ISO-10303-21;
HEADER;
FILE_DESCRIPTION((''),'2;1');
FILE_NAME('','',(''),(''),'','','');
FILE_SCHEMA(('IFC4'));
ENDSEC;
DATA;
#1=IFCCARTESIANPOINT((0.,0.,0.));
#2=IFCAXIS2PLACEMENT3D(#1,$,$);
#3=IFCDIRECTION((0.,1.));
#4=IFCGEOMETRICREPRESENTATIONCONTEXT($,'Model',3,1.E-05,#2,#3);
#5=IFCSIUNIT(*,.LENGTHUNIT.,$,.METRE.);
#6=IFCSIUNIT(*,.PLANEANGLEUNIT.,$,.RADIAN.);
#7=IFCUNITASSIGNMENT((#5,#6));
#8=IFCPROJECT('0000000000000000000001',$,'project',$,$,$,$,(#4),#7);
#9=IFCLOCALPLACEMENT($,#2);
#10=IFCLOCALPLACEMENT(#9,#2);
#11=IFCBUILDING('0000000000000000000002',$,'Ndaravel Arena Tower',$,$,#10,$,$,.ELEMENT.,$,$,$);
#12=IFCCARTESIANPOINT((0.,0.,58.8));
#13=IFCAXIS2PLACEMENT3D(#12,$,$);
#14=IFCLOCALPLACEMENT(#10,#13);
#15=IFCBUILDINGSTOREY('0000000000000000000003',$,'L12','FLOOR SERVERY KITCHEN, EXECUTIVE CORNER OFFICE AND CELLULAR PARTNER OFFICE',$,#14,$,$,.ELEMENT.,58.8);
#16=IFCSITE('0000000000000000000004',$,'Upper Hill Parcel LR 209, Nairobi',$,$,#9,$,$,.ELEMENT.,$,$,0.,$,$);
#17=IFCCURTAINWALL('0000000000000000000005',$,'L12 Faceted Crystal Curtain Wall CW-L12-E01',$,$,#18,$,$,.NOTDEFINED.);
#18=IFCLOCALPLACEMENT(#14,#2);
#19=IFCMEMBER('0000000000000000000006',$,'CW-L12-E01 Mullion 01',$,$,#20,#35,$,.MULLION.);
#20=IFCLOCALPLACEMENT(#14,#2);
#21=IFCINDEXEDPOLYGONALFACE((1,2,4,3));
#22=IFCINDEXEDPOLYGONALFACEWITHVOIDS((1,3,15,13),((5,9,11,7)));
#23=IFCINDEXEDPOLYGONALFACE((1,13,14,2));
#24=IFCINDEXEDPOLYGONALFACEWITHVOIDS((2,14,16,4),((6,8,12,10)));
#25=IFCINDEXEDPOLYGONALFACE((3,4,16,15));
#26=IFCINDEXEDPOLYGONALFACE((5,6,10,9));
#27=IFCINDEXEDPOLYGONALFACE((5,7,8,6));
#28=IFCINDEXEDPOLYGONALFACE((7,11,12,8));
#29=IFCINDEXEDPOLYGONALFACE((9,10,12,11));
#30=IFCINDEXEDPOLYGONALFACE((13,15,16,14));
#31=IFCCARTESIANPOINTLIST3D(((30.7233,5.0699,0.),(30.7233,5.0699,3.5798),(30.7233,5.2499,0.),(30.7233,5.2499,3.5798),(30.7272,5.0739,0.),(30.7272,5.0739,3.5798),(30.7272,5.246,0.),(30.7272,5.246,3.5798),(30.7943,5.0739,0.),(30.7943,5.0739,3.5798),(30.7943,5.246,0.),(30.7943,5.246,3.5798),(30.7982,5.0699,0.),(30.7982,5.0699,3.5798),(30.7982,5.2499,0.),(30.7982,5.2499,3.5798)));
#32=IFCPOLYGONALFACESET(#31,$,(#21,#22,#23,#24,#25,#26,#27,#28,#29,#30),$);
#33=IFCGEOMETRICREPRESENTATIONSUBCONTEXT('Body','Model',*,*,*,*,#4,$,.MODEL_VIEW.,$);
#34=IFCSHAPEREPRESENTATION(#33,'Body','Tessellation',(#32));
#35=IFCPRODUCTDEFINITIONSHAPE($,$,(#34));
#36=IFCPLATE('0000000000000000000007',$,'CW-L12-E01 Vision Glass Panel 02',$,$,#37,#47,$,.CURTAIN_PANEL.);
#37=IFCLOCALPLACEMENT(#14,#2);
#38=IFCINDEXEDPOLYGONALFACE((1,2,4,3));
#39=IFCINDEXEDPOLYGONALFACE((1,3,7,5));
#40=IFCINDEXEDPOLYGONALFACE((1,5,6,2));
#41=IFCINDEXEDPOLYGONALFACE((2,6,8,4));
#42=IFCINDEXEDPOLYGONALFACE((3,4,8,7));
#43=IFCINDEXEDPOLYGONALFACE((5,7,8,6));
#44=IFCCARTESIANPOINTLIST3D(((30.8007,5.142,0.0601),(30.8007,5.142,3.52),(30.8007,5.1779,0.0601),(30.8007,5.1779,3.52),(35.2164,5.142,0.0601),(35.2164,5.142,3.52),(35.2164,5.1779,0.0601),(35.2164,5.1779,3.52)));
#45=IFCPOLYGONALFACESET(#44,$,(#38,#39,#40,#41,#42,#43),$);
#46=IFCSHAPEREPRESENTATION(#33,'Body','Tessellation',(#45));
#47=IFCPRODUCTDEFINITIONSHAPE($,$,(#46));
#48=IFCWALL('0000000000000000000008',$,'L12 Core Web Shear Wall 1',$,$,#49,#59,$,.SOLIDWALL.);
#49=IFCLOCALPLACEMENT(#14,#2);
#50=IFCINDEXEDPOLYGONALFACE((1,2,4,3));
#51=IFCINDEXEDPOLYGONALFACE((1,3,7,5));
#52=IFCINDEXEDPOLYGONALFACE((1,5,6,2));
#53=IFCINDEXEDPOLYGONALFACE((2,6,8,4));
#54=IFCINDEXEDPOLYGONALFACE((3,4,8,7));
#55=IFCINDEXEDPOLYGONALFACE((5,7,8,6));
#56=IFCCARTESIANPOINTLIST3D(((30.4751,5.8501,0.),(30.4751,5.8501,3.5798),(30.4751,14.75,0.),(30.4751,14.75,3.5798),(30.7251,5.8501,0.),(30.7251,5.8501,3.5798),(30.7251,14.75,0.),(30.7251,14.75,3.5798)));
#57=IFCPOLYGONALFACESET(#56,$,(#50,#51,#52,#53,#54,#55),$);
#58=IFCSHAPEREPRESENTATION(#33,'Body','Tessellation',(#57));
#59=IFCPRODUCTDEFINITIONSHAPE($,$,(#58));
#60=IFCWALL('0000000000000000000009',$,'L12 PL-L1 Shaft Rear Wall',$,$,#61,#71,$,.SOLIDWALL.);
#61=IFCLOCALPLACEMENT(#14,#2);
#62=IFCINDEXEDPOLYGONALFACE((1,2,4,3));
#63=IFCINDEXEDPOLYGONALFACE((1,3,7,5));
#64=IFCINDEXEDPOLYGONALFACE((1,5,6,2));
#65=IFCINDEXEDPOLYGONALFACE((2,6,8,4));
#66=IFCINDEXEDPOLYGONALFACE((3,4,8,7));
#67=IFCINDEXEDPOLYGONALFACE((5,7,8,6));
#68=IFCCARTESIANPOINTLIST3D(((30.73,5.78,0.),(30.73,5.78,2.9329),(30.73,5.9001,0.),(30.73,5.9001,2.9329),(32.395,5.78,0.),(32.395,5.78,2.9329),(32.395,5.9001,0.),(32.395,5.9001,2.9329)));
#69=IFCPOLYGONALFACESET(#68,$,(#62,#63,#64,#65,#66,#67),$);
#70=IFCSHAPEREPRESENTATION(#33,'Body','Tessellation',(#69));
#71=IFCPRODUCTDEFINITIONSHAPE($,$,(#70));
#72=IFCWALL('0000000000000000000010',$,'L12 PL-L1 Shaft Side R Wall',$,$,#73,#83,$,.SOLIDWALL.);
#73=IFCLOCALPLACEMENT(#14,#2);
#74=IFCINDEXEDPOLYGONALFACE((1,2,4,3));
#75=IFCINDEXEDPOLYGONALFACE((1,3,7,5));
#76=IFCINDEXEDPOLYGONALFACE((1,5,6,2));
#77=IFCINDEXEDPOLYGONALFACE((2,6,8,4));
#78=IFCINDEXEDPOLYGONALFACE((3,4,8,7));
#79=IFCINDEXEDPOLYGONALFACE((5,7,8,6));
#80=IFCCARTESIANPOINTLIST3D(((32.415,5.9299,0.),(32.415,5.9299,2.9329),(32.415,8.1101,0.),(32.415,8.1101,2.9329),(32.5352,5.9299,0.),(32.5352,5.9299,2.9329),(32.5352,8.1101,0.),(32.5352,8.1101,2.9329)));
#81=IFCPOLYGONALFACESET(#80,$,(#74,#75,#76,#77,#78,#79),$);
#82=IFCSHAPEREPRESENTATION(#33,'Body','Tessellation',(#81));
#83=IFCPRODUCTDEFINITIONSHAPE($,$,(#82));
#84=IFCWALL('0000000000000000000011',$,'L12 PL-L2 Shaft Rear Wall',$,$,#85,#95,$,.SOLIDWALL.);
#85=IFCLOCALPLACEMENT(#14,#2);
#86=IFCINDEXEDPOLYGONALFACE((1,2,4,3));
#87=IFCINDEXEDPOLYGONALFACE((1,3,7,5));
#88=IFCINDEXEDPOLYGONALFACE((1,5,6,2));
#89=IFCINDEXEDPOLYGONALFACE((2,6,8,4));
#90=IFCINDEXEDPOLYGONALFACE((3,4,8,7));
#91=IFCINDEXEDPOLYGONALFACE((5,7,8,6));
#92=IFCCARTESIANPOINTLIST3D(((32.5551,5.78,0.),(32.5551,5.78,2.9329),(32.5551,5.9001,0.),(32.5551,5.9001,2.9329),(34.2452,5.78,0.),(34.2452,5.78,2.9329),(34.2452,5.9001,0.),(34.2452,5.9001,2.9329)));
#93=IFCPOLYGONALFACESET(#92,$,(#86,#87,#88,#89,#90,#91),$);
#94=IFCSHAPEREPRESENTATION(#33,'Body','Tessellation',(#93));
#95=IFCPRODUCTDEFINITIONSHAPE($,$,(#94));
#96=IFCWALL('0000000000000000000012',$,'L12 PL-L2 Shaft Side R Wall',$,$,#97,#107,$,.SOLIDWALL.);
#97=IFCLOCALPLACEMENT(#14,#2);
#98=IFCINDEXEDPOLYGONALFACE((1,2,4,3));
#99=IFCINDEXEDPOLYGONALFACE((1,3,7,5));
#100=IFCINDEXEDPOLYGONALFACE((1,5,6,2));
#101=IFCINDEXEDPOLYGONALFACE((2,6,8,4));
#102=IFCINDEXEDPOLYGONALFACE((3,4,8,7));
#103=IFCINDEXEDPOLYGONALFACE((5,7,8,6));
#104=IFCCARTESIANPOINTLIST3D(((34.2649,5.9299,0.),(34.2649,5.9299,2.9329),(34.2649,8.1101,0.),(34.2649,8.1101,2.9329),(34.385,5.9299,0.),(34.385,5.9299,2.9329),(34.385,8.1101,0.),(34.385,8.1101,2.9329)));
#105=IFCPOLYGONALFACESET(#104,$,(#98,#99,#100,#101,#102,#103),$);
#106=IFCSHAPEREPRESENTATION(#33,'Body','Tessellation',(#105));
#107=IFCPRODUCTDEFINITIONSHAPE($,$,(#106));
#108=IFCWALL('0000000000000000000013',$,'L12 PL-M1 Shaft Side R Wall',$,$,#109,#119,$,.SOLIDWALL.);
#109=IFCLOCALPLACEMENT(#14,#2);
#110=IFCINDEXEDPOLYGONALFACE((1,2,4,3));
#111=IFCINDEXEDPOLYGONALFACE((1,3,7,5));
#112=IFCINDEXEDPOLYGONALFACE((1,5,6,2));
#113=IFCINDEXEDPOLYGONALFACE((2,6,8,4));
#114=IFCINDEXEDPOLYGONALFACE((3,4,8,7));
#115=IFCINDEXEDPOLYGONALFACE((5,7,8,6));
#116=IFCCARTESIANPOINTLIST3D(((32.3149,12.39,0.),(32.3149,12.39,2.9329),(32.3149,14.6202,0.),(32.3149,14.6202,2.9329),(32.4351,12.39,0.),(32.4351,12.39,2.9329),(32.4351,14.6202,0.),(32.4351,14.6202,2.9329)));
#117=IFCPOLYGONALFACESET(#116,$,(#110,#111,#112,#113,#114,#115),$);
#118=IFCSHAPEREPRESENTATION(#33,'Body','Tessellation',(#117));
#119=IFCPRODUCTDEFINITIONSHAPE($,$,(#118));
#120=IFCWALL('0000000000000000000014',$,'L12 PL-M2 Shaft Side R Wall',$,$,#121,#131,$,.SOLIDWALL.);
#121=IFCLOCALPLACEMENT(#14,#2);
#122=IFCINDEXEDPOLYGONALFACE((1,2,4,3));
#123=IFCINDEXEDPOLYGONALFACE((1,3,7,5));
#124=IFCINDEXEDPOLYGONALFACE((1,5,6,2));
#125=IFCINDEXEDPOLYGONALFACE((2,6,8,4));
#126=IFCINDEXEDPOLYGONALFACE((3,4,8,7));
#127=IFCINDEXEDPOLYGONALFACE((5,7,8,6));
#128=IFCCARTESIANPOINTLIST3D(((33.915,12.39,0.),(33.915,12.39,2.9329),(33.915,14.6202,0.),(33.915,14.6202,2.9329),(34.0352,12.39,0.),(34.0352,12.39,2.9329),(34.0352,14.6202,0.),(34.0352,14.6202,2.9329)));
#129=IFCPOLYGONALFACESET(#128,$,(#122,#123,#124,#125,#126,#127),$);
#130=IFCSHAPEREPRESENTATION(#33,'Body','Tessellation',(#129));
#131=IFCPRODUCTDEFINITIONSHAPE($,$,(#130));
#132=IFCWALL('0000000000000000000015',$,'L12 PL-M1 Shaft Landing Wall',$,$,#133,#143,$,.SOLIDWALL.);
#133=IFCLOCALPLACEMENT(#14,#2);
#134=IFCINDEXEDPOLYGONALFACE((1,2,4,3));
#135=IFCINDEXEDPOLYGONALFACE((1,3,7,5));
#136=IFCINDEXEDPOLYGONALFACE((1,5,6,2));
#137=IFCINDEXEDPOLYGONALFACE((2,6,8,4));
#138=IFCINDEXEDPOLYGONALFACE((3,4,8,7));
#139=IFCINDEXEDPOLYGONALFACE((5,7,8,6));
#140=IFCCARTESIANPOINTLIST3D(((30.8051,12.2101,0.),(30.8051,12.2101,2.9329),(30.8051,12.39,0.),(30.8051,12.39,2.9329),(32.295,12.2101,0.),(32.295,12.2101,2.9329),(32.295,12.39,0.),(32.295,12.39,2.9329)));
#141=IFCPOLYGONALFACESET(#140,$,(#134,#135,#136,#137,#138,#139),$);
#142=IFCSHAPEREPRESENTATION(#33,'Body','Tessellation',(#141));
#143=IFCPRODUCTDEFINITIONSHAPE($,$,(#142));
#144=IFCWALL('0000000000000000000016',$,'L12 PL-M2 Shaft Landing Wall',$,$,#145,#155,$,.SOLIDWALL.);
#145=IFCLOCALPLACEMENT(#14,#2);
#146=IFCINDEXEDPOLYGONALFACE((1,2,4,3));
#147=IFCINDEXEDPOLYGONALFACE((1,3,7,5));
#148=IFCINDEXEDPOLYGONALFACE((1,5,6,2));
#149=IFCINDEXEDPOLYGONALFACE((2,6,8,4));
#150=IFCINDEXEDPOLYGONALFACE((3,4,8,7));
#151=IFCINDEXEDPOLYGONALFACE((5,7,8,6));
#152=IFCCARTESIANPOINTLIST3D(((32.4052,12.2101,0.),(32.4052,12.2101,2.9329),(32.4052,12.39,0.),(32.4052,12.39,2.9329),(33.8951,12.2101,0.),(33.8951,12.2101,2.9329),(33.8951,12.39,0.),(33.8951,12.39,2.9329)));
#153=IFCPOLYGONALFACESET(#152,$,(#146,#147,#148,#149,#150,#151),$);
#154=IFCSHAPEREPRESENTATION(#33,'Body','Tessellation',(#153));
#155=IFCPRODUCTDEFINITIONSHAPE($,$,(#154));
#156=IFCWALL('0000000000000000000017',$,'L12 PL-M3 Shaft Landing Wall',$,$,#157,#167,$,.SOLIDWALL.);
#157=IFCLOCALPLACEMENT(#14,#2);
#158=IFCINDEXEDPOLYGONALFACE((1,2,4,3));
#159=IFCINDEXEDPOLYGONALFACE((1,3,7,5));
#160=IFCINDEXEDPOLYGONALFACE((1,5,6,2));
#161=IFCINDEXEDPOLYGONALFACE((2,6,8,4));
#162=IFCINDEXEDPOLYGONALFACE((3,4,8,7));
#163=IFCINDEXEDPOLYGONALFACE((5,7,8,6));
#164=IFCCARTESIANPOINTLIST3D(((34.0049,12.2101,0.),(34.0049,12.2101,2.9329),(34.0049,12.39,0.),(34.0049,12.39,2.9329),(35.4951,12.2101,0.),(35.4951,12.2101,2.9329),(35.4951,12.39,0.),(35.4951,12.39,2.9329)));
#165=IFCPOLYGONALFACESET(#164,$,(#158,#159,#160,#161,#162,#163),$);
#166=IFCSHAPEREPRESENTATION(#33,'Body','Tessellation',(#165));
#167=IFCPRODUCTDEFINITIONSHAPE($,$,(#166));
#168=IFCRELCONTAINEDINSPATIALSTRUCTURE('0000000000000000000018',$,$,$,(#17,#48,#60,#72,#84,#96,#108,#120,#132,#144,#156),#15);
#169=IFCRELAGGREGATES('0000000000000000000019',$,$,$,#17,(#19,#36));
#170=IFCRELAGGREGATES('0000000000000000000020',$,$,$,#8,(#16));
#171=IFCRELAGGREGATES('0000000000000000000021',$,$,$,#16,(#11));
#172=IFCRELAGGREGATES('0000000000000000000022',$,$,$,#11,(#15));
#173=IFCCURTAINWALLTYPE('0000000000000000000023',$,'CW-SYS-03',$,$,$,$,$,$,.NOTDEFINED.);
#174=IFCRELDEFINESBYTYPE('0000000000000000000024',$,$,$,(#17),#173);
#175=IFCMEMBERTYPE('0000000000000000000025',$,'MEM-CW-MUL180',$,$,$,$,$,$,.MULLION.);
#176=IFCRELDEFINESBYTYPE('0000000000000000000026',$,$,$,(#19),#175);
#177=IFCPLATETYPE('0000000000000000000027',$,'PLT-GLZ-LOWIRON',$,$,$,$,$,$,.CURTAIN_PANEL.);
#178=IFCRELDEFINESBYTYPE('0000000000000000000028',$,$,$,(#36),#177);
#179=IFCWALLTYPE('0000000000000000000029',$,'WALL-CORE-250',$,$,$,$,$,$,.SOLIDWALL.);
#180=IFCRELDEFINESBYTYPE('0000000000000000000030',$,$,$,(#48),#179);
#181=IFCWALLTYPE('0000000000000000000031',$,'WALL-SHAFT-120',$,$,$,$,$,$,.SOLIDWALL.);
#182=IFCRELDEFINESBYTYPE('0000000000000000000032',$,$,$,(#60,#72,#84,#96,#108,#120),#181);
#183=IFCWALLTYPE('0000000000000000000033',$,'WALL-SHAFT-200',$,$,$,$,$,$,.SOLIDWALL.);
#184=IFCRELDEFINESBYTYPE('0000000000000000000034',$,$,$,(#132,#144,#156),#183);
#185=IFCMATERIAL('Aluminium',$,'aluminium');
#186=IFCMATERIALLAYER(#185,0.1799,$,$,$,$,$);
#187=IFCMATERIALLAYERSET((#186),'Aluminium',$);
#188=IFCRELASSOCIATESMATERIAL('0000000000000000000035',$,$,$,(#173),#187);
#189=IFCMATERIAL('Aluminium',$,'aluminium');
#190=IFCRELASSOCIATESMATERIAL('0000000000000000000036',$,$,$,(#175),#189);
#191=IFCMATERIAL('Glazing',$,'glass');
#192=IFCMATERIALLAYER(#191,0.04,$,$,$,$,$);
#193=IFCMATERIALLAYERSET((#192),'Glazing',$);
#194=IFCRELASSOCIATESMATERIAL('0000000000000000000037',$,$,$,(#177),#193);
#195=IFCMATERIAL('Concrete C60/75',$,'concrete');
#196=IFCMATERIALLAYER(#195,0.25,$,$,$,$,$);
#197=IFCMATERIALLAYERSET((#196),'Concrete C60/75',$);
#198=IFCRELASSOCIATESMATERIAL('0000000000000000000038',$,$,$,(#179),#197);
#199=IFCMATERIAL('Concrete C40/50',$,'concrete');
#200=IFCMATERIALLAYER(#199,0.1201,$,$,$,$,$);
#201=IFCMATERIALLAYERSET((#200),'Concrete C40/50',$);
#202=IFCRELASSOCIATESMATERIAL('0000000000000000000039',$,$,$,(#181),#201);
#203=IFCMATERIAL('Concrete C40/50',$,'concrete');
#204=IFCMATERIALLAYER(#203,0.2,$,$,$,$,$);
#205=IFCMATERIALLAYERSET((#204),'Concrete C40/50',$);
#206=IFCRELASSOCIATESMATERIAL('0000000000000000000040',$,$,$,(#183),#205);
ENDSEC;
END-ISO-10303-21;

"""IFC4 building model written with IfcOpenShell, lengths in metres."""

from ifc_helpers import new_model, si_unit, direction, frame, frame_2d, origin, origin_2d, place, context, subcontext, project, spatial, rectangle, hollow_rectangle, extrude, material, layer, layer_set, material_profile, profile_set, type_object, element, aggregate, save


model = new_model("IFC4")

# Units and contexts
model_context = context("Model", 3, precision=1e-05, world=origin(), true_north=direction((0.0, 1.0)))
body_context = subcontext(model_context, "Body", "Model", "MODEL_VIEW")
ifc_project = project(units=[si_unit("LENGTHUNIT", "METRE"), si_unit("PLANEANGLEUNIT", "RADIAN")], contexts=[model_context])

# Site, building, storey
site_placement = place(None, origin())
site = spatial("IfcSite", under=ifc_project, at=site_placement, Name="Upper Hill Parcel LR 209, Nairobi", CompositionType="ELEMENT", RefElevation=0.0)
building_placement = place(site_placement, origin())
building = spatial("IfcBuilding", under=site, at=building_placement, Name="Ndaravel Arena Tower", CompositionType="ELEMENT")
storey_placement = place(building_placement, frame((0.0, 0.0, 58.8)))
storey = spatial("IfcBuildingStorey", under=building, at=storey_placement, Name="L12", Description="FLOOR SERVERY KITCHEN, EXECUTIVE CORNER OFFICE AND CELLULAR PARTNER OFFICE", CompositionType="ELEMENT", Elevation=58.8)

# Curtain wall, member, plate
ifc_material_1 = material(Name="Aluminium", Category="aluminium")
ifc_layer_1 = layer(ifc_material_1, 0.1799)
ifc_layer_set_1 = layer_set([ifc_layer_1], Name="Aluminium")
curtain_wall_type = type_object("IfcCurtainWallType", Name="CW-SYS-03", PredefinedType="NOTDEFINED", material=ifc_layer_set_1)
curtain_wall_placement = place(storey_placement, origin())
curtain_wall = element("IfcCurtainWall", 1, at=curtain_wall_placement, inside=storey, type_object=curtain_wall_type, Name="L12 Faceted Crystal Curtain Wall CW-L12-E01", PredefinedType="NOTDEFINED")
ifc_material_2 = material(Name="Aluminium", Category="aluminium")
ifc_material_profile = material_profile(ifc_material_2, hollow_rectangle(XDim=0.075, YDim=0.1799, WallThickness=0.0039, at=origin_2d()), Name="CW MULLION 75x180x4")
ifc_profile_set = profile_set([ifc_material_profile], Name="Aluminium")
member_type = type_object("IfcMemberType", Name="MEM-CW-MUL180", PredefinedType="MULLION", material=ifc_profile_set)
member_placement = place(storey_placement, frame((30.7607, 5.1599, 0.0), z_axis=(0.0, 0.0, 1.0), x_axis=(1.0, 0.0, 0.0)))
member = element("IfcMember", 2, at=member_placement, type_object=member_type, Name="CW-L12-E01 Mullion 01", PredefinedType="MULLION", context=body_context, shape_type="SweptSolid", body=[
    extrude(hollow_rectangle(XDim=0.075, YDim=0.1799, WallThickness=0.0039, at=origin_2d()), origin(), (0.0, 0.0, 1.0), 3.5798),
])
ifc_material_3 = material(Name="Glazing", Category="glass")
ifc_layer_2 = layer(ifc_material_3, 0.04)
ifc_layer_set_2 = layer_set([ifc_layer_2], Name="Glazing")
plate_type = type_object("IfcPlateType", Name="PLT-GLZ-LOWIRON", PredefinedType="CURTAIN_PANEL", material=ifc_layer_set_2)
plate_placement = place(storey_placement, frame((33.0085, 5.1599, 0.0601), z_axis=(0.0, 0.0, 1.0), x_axis=(1.0, 0.0, 0.0)))
plate = element("IfcPlate", 3, at=plate_placement, type_object=plate_type, Name="CW-L12-E01 Vision Glass Panel 02", PredefinedType="CURTAIN_PANEL", context=body_context, shape_type="SweptSolid", body=[
    extrude(rectangle(XDim=4.4158, YDim=0.0359, at=origin_2d()), origin(), (0.0, 0.0, 1.0), 3.46),
])
aggregate(curtain_wall, [member, plate])

# Walls
ifc_material_4 = material(Name="Concrete C60/75", Category="concrete")
ifc_layer_3 = layer(ifc_material_4, 0.25)
ifc_layer_set_3 = layer_set([ifc_layer_3], Name="Concrete C60/75")
wall_type_1 = type_object("IfcWallType", Name="WALL-CORE-250", PredefinedType="SOLIDWALL", material=ifc_layer_set_3)
wall_1_placement = place(storey_placement, frame((30.6001, 5.8501, 0.0), z_axis=(0.0, 0.0, 1.0), x_axis=(0.0, 1.0, 0.0)))
element("IfcWall", 4, at=wall_1_placement, inside=storey, type_object=wall_type_1, Name="L12 Core Web Shear Wall 1", PredefinedType="SOLIDWALL", context=body_context, shape_type="SweptSolid", body=[
    extrude(rectangle(XDim=8.8999, YDim=0.25, at=frame_2d((4.45, 0.0))), origin(), (0.0, 0.0, 1.0), 3.5798),
])
ifc_material_5 = material(Name="Concrete C40/50", Category="concrete")
ifc_layer_4 = layer(ifc_material_5, 0.1201)
ifc_layer_set_4 = layer_set([ifc_layer_4], Name="Concrete C40/50")
wall_type_2 = type_object("IfcWallType", Name="WALL-SHAFT-120", PredefinedType="SOLIDWALL", material=ifc_layer_set_4)
wall_2_placement = place(storey_placement, frame((30.73, 5.8401, 0.0), z_axis=(0.0, 0.0, 1.0), x_axis=(1.0, 0.0, 0.0)))
element("IfcWall", 5, at=wall_2_placement, inside=storey, type_object=wall_type_2, Name="L12 PL-L1 Shaft Rear Wall", PredefinedType="SOLIDWALL", context=body_context, shape_type="SweptSolid", body=[
    extrude(rectangle(XDim=1.665, YDim=0.1201, at=frame_2d((0.8325, 0.0))), origin(), (0.0, 0.0, 1.0), 2.9329),
])
wall_3_placement = place(storey_placement, frame((32.4751, 5.9299, 0.0), z_axis=(0.0, 0.0, 1.0), x_axis=(0.0, 1.0, 0.0)))
element("IfcWall", 6, at=wall_3_placement, inside=storey, type_object=wall_type_2, Name="L12 PL-L1 Shaft Side R Wall", PredefinedType="SOLIDWALL", context=body_context, shape_type="SweptSolid", body=[
    extrude(rectangle(XDim=2.1802, YDim=0.1201, at=frame_2d((1.0901, 0.0))), origin(), (0.0, 0.0, 1.0), 2.9329),
])
wall_4_placement = place(storey_placement, frame((32.5549, 5.8401, 0.0), z_axis=(0.0, 0.0, 1.0), x_axis=(1.0, 0.0, 0.0)))
element("IfcWall", 7, at=wall_4_placement, inside=storey, type_object=wall_type_2, Name="L12 PL-L2 Shaft Rear Wall", PredefinedType="SOLIDWALL", context=body_context, shape_type="SweptSolid", body=[
    extrude(rectangle(XDim=1.6902, YDim=0.1201, at=frame_2d((0.8452, 0.0))), origin(), (0.0, 0.0, 1.0), 2.9329),
])
wall_5_placement = place(storey_placement, frame((34.325, 5.9299, 0.0), z_axis=(0.0, 0.0, 1.0), x_axis=(0.0, 1.0, 0.0)))
element("IfcWall", 8, at=wall_5_placement, inside=storey, type_object=wall_type_2, Name="L12 PL-L2 Shaft Side R Wall", PredefinedType="SOLIDWALL", context=body_context, shape_type="SweptSolid", body=[
    extrude(rectangle(XDim=2.1802, YDim=0.1201, at=frame_2d((1.0901, 0.0))), origin(), (0.0, 0.0, 1.0), 2.9329),
])
for number, where, z_axis, x_axis, name in (
    (9, (32.375, 12.3899, 0.0), (0.0, 0.0, 1.0), (0.0, 1.0, 0.0), "L12 PL-M1 Shaft Side R Wall"),
    (10, (33.9751, 12.3899, 0.0), (0.0, 0.0, 1.0), (0.0, 1.0, 0.0), "L12 PL-M2 Shaft Side R Wall"),
):
    element("IfcWall", number, at=place(storey_placement, frame(where, z_axis=z_axis, x_axis=x_axis)), inside=storey, type_object=wall_type_2, Name=name, PredefinedType="SOLIDWALL", context=body_context, shape_type="SweptSolid", body=[
        extrude(rectangle(XDim=2.2302, YDim=0.1201, at=frame_2d((1.1152, 0.0))), origin(), (0.0, 0.0, 1.0), 2.9329),
    ])

# Shared definitions
ifc_material_6 = material(Name="Concrete C40/50", Category="concrete")
ifc_layer_5 = layer(ifc_material_6, 0.2)
ifc_layer_set_5 = layer_set([ifc_layer_5], Name="Concrete C40/50")
wall_type_3 = type_object("IfcWallType", Name="WALL-SHAFT-200", PredefinedType="SOLIDWALL", material=ifc_layer_set_5)

# Walls
for number, where, z_axis, x_axis, name in (
    (11, (30.8049, 12.3, 0.0), (0.0, 0.0, 1.0), (1.0, 0.0, 0.0), "L12 PL-M1 Shaft Landing Wall"),
    (12, (32.405, 12.3, 0.0), (0.0, 0.0, 1.0), (1.0, 0.0, 0.0), "L12 PL-M2 Shaft Landing Wall"),
):
    element("IfcWall", number, at=place(storey_placement, frame(where, z_axis=z_axis, x_axis=x_axis)), inside=storey, type_object=wall_type_3, Name=name, PredefinedType="SOLIDWALL", context=body_context, shape_type="SweptSolid", body=[
        extrude(rectangle(XDim=1.49, YDim=0.1799, at=frame_2d((0.7451, 0.0))), origin(), (0.0, 0.0, 1.0), 2.9329),
    ])
wall_6_placement = place(storey_placement, frame((34.0049, 12.3, 0.0), z_axis=(0.0, 0.0, 1.0), x_axis=(1.0, 0.0, 0.0)))
element("IfcWall", 13, at=wall_6_placement, inside=storey, type_object=wall_type_3, Name="L12 PL-M3 Shaft Landing Wall", PredefinedType="SOLIDWALL", context=body_context, shape_type="SweptSolid", body=[
    extrude(rectangle(XDim=1.4902, YDim=0.1799, at=frame_2d((0.7451, 0.0))), origin(), (0.0, 0.0, 1.0), 2.9329),
])

save(model, "model.ifc")
